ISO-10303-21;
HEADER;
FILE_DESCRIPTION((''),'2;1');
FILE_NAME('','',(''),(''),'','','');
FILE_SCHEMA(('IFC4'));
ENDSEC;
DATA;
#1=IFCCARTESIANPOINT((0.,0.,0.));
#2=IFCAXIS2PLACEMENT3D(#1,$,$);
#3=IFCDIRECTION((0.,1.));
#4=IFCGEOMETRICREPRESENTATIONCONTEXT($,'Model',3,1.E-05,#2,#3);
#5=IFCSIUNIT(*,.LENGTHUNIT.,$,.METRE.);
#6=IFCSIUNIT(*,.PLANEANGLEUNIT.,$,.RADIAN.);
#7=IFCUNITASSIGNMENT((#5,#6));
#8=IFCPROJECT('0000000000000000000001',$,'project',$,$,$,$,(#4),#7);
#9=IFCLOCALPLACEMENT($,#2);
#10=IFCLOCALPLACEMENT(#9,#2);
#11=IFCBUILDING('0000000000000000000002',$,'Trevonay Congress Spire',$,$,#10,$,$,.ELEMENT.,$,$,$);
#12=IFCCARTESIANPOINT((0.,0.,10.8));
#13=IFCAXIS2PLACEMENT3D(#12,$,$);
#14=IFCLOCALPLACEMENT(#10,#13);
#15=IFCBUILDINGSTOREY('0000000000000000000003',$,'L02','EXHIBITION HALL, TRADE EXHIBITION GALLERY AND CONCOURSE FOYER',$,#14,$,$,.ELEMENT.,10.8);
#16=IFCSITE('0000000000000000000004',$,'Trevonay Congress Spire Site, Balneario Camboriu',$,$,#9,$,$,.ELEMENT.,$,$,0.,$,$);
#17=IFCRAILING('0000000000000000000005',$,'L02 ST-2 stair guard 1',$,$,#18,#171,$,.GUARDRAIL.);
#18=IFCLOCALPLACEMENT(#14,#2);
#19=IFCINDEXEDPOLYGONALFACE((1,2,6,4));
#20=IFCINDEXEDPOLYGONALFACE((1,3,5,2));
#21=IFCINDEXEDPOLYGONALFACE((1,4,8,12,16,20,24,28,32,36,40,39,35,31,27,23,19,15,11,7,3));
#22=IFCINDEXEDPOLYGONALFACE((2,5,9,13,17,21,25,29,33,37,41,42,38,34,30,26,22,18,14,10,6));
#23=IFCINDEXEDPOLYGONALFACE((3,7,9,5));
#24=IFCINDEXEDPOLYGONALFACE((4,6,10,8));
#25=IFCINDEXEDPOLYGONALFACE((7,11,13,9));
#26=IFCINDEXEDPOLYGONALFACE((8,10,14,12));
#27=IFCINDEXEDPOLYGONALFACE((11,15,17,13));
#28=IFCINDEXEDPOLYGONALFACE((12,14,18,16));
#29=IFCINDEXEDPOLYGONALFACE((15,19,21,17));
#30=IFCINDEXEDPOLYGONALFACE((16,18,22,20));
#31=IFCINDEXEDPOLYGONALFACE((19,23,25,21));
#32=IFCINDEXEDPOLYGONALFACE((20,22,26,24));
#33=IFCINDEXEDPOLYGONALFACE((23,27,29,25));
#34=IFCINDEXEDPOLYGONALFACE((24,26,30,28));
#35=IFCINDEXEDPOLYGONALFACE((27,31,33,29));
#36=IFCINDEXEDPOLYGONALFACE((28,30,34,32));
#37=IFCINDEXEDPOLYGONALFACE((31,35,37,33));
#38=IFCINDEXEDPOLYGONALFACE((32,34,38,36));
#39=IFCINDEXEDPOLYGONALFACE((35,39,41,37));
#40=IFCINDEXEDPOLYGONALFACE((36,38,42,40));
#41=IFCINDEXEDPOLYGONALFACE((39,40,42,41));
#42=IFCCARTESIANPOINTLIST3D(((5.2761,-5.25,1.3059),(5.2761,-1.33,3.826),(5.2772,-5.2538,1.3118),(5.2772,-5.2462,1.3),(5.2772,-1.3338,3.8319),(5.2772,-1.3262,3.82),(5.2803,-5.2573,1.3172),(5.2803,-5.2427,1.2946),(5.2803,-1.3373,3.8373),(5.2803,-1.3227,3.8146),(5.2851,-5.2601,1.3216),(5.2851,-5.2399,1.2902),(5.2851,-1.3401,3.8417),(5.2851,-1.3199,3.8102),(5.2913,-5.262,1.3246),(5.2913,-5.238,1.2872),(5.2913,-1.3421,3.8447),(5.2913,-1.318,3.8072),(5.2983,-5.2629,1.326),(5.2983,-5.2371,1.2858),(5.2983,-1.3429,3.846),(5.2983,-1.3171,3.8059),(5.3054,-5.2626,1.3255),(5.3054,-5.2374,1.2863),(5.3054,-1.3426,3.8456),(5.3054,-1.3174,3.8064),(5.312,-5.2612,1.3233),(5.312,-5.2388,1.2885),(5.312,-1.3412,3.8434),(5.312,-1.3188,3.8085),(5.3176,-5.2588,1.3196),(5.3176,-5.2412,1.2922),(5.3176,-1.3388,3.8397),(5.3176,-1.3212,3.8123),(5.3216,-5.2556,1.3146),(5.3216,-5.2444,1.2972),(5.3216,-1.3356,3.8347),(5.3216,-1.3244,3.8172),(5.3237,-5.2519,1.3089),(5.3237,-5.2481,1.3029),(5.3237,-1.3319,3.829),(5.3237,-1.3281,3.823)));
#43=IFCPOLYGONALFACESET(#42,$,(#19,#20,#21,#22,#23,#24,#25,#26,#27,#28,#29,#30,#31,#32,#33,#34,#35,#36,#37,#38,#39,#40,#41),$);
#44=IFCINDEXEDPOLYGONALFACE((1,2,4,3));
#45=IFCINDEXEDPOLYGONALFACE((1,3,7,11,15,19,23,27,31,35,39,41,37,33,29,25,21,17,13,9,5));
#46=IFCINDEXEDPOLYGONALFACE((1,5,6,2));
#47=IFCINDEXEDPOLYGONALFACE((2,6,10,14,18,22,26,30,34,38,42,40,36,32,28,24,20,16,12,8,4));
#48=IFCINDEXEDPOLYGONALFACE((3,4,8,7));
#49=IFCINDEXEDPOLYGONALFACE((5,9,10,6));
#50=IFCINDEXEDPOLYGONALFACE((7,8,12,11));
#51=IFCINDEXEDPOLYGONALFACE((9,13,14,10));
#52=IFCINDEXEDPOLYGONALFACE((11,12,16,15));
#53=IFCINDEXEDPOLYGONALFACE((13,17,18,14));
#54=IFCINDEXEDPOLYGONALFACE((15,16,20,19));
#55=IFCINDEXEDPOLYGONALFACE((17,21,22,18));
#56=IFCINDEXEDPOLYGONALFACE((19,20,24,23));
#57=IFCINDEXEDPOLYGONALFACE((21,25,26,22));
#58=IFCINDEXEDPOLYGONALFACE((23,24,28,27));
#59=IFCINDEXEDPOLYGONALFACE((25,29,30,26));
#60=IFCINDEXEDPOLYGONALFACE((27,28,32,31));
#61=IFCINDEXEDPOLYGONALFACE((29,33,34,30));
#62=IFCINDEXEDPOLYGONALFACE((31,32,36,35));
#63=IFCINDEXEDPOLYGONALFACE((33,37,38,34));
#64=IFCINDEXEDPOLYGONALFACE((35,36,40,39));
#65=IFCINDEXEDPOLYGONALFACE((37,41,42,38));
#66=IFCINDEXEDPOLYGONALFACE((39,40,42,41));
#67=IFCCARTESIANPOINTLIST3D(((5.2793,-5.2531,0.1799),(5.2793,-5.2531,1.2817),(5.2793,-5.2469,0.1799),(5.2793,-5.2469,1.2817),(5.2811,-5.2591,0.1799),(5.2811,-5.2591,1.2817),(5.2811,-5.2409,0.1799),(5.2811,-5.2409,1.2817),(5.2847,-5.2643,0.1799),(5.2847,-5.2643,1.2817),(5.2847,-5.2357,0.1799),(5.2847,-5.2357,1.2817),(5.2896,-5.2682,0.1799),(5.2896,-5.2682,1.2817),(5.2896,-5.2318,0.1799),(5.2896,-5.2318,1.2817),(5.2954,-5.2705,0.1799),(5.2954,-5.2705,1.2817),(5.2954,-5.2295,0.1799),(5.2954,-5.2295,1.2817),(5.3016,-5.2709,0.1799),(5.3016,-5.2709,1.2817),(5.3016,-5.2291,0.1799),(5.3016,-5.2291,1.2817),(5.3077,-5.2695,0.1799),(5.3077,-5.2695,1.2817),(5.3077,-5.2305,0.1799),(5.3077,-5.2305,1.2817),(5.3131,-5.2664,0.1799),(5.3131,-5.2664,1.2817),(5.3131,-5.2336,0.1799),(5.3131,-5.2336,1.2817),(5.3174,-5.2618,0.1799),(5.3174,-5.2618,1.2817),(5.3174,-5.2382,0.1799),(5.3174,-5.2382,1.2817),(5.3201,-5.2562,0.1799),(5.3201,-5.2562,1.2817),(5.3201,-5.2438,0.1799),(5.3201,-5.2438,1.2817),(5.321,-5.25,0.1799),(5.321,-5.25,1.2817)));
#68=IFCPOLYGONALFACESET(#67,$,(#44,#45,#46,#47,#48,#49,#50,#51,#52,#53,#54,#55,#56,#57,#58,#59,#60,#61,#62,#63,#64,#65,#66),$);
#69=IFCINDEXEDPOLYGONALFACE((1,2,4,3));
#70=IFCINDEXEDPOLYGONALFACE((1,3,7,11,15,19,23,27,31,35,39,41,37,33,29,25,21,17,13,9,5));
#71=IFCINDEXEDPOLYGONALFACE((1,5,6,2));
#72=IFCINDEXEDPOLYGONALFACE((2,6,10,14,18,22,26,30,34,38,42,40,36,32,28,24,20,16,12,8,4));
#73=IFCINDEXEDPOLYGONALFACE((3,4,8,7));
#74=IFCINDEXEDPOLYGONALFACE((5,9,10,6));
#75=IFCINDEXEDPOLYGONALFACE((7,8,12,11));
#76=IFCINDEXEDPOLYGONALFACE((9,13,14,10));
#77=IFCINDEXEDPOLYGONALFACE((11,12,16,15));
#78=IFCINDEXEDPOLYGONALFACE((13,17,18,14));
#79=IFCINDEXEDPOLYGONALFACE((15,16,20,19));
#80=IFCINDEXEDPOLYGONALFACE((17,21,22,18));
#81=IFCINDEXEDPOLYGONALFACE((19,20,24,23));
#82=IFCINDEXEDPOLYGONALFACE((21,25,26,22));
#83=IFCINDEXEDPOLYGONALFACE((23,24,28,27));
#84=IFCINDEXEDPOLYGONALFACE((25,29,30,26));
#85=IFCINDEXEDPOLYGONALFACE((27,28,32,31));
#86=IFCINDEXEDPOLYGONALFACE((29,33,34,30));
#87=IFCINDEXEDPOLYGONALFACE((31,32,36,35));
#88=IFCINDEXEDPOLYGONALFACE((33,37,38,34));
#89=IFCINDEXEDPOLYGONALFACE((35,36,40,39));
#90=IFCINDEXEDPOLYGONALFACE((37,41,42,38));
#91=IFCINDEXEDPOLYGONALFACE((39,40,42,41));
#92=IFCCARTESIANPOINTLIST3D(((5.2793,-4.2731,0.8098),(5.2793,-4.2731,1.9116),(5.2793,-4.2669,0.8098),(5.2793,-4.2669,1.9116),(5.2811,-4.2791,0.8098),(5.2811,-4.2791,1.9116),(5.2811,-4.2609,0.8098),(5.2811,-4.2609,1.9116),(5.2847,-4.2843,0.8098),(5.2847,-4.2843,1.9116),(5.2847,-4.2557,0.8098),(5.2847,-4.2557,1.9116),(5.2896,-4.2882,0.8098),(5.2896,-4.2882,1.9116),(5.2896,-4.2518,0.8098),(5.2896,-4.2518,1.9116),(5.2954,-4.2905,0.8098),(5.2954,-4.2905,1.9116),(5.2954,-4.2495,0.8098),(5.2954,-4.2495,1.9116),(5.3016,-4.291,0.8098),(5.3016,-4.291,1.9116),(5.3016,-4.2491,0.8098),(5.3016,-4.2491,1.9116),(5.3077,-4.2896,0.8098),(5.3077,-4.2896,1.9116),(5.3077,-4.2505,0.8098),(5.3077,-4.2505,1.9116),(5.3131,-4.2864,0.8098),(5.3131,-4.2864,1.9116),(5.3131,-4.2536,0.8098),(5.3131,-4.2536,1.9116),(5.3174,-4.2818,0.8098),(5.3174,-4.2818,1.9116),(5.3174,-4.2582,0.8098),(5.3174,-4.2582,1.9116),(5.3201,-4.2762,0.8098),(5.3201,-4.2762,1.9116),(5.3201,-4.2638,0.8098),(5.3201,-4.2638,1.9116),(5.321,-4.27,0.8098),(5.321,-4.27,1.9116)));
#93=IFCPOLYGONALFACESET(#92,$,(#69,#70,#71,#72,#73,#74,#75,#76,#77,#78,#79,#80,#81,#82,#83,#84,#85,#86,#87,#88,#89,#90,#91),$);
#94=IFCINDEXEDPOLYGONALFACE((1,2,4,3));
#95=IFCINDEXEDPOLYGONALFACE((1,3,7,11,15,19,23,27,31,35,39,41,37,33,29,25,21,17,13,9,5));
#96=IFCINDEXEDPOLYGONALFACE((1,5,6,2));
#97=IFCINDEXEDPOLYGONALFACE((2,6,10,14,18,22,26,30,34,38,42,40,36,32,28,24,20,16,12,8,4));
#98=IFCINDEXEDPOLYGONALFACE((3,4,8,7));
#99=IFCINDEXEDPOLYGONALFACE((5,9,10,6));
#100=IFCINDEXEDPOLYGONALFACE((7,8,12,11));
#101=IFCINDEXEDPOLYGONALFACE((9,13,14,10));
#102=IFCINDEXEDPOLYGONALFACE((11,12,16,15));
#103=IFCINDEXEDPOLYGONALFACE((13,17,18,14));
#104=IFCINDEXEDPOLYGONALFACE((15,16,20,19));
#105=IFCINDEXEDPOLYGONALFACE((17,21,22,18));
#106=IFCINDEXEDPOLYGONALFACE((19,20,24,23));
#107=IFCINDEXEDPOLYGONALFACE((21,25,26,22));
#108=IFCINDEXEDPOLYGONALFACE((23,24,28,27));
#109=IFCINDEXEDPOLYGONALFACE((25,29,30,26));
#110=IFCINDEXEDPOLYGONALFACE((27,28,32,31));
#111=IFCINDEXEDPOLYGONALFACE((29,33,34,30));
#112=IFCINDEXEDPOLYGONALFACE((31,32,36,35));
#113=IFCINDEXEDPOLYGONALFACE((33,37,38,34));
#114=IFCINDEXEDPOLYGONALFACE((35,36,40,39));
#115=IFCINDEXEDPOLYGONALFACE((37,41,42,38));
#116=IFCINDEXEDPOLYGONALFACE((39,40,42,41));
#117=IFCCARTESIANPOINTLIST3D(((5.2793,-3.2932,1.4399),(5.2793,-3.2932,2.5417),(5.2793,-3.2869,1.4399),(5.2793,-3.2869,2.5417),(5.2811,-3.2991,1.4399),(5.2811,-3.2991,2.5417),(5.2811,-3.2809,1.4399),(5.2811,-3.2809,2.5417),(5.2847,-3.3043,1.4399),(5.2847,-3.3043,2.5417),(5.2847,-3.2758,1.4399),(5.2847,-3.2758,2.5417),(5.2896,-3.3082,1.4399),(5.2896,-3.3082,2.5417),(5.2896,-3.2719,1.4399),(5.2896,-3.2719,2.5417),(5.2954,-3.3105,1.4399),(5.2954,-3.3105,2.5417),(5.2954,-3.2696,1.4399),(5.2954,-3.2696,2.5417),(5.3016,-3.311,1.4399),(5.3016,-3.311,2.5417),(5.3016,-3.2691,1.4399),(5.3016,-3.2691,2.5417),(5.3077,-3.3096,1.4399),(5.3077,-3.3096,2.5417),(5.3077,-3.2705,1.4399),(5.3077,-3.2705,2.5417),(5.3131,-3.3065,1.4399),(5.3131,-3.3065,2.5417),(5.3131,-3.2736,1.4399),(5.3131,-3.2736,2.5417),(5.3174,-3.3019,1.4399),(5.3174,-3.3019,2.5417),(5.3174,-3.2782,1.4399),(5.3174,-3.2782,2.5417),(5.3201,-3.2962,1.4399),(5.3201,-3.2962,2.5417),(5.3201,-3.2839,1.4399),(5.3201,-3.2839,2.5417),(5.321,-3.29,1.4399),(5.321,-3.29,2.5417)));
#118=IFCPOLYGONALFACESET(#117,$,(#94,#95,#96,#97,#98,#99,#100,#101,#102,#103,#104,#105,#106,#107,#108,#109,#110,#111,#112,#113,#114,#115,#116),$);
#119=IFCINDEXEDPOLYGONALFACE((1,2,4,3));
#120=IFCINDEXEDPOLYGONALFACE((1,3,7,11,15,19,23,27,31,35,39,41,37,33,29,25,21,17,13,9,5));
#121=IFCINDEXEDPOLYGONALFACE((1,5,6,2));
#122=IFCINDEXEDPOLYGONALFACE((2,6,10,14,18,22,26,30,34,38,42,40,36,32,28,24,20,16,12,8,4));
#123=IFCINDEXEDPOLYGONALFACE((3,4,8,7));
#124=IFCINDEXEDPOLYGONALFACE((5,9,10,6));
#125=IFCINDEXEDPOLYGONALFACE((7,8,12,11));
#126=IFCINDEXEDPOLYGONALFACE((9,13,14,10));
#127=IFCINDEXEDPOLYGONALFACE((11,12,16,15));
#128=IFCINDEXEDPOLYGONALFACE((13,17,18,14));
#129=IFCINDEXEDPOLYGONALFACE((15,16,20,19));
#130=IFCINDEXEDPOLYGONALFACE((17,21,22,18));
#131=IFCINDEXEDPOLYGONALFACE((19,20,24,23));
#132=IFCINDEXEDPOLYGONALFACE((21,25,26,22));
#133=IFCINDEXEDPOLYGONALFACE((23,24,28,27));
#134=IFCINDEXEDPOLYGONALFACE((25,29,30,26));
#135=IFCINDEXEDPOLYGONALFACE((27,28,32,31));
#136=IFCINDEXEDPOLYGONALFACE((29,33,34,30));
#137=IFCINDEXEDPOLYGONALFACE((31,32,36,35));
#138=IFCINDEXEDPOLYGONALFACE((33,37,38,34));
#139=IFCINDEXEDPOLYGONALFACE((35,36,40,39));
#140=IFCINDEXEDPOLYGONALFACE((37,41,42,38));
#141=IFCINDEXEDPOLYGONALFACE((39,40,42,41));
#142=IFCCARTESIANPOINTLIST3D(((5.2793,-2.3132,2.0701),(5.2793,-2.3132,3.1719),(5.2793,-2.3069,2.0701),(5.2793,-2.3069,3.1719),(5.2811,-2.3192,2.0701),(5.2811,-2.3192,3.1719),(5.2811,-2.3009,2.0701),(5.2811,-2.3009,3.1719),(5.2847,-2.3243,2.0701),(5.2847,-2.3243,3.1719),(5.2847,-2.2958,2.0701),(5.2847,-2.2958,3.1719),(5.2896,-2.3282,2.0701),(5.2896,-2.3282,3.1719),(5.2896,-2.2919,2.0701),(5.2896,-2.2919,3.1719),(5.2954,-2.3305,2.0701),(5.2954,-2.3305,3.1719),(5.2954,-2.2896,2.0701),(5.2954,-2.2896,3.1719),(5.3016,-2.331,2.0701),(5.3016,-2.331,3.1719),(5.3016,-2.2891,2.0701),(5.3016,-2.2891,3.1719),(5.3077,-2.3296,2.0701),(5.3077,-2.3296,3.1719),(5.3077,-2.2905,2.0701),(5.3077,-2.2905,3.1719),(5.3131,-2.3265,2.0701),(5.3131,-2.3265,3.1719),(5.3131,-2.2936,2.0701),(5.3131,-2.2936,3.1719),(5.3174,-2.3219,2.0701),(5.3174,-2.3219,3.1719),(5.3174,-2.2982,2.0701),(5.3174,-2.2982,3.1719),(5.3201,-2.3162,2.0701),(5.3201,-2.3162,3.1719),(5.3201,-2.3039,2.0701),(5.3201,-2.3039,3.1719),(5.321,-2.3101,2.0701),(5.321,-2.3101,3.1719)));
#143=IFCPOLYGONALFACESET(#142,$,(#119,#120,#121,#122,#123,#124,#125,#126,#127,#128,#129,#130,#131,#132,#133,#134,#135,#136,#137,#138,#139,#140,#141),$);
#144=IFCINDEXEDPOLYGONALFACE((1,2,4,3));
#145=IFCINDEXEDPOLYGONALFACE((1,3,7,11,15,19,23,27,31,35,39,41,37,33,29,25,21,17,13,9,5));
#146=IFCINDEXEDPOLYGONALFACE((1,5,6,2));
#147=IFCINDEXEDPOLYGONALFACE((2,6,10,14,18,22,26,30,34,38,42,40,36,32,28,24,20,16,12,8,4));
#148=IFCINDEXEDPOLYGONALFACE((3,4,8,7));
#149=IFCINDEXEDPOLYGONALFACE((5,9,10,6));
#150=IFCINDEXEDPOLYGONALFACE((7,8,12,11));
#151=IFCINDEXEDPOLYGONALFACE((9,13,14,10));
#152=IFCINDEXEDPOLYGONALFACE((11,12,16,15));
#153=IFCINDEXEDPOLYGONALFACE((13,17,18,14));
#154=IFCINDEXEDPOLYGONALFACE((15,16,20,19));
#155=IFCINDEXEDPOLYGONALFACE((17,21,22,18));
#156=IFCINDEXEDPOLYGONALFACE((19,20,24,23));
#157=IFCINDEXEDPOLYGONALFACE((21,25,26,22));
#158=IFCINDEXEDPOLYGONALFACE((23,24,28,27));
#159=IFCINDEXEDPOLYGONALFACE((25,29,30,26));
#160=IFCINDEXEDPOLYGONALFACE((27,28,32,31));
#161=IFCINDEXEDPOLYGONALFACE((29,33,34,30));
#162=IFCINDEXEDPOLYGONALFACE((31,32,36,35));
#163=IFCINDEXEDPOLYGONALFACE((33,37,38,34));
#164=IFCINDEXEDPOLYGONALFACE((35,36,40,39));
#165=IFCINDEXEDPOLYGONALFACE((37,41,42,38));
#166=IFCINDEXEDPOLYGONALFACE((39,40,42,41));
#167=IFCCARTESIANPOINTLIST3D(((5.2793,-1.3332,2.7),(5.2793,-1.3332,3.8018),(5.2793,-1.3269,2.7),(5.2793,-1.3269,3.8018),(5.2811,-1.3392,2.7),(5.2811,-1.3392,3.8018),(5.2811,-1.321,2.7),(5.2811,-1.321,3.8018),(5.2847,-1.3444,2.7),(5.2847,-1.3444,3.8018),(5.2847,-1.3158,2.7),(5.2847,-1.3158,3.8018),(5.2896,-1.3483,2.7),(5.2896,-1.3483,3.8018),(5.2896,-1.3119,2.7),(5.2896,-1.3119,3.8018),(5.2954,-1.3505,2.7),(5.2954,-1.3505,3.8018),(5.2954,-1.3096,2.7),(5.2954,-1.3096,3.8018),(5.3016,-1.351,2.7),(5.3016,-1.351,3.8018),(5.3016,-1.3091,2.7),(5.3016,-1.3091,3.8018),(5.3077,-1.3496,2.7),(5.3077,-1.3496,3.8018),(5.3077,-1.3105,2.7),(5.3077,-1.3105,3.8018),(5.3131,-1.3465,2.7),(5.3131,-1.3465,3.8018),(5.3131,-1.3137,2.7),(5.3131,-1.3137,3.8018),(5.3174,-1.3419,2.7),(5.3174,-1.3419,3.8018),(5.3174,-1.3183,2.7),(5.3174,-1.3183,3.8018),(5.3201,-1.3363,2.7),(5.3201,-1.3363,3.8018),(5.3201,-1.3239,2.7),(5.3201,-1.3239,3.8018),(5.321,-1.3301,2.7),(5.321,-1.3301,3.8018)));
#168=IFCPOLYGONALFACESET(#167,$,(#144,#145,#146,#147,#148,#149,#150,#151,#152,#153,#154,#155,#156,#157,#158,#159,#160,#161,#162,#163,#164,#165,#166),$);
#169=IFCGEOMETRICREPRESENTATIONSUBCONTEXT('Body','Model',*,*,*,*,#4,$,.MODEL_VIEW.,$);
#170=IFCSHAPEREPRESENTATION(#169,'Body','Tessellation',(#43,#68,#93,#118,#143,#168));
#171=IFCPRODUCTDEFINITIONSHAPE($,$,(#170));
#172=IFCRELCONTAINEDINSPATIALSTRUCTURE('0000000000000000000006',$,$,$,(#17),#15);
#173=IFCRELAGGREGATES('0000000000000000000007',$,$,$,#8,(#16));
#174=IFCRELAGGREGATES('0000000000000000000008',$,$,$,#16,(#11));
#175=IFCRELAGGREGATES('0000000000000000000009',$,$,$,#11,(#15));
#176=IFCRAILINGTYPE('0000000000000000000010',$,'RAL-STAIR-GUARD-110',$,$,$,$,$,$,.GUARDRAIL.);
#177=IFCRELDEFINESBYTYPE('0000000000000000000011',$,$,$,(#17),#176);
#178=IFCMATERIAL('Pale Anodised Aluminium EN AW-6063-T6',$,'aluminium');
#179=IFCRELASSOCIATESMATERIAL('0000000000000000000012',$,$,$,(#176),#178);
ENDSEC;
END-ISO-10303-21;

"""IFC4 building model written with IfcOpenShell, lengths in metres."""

from ifc_helpers import new_model, si_unit, direction, frame, origin, origin_2d, place, context, subcontext, project, spatial, circle, extrude, material, type_object, element, save


model = new_model("IFC4")

# Units and contexts
model_context = context("Model", 3, precision=1e-05, world=origin(), true_north=direction((0.0, 1.0)))
body_context = subcontext(model_context, "Body", "Model", "MODEL_VIEW")
ifc_project = project(units=[si_unit("LENGTHUNIT", "METRE"), si_unit("PLANEANGLEUNIT", "RADIAN")], contexts=[model_context])

# Site, building, storey
site_placement = place(None, origin())
site = spatial("IfcSite", under=ifc_project, at=site_placement, Name="Trevonay Congress Spire Site, Balneario Camboriu", CompositionType="ELEMENT", RefElevation=0.0)
building_placement = place(site_placement, origin())
building = spatial("IfcBuilding", under=site, at=building_placement, Name="Trevonay Congress Spire", CompositionType="ELEMENT")
storey_placement = place(building_placement, frame((0.0, 0.0, 10.8)))
storey = spatial("IfcBuildingStorey", under=building, at=storey_placement, Name="L02", Description="EXHIBITION HALL, TRADE EXHIBITION GALLERY AND CONCOURSE FOYER", CompositionType="ELEMENT", Elevation=10.8)

# Railing
ifc_material_1 = material(Name="Pale Anodised Aluminium EN AW-6063-T6", Category="aluminium")
railing_type_1 = type_object("IfcRailingType", Name="RAL-STAIR-GUARD-110", PredefinedType="GUARDRAIL", material=ifc_material_1)
railing_1_placement = place(storey_placement, frame((5.3, -5.25, 0.1799)))
element("IfcRailing", 1, at=railing_1_placement, inside=storey, type_object=railing_type_1, Name="L02 ST-2 stair guard 1", PredefinedType="GUARDRAIL", context=body_context, shape_type="SweptSolid", body=[
    extrude(circle(Radius=0.0239, at=origin_2d()), frame((0.0, 0.0, 1.126), z_axis=(0.0, 0.841172, 0.540768), x_axis=(-1.0, 0.0, 0.0)), (0.0, 0.0, 1.0), 4.6602),
    extrude(circle(Radius=0.021, at=origin_2d()), origin(), (0.0, 0.0, 1.0), 1.1018),
    extrude(circle(Radius=0.021, at=origin_2d()), frame((0.0, 0.98, 0.6299)), (0.0, 0.0, 1.0), 1.1018),
    extrude(circle(Radius=0.021, at=origin_2d()), frame((0.0, 1.96, 1.26)), (0.0, 0.0, 1.0), 1.1018),
    extrude(circle(Radius=0.021, at=origin_2d()), frame((0.0, 2.9399, 1.8901)), (0.0, 0.0, 1.0), 1.1018),
    extrude(circle(Radius=0.021, at=origin_2d()), frame((0.0, 3.9199, 2.52)), (0.0, 0.0, 1.0), 1.1018),
])

save(model, "model.ifc")
